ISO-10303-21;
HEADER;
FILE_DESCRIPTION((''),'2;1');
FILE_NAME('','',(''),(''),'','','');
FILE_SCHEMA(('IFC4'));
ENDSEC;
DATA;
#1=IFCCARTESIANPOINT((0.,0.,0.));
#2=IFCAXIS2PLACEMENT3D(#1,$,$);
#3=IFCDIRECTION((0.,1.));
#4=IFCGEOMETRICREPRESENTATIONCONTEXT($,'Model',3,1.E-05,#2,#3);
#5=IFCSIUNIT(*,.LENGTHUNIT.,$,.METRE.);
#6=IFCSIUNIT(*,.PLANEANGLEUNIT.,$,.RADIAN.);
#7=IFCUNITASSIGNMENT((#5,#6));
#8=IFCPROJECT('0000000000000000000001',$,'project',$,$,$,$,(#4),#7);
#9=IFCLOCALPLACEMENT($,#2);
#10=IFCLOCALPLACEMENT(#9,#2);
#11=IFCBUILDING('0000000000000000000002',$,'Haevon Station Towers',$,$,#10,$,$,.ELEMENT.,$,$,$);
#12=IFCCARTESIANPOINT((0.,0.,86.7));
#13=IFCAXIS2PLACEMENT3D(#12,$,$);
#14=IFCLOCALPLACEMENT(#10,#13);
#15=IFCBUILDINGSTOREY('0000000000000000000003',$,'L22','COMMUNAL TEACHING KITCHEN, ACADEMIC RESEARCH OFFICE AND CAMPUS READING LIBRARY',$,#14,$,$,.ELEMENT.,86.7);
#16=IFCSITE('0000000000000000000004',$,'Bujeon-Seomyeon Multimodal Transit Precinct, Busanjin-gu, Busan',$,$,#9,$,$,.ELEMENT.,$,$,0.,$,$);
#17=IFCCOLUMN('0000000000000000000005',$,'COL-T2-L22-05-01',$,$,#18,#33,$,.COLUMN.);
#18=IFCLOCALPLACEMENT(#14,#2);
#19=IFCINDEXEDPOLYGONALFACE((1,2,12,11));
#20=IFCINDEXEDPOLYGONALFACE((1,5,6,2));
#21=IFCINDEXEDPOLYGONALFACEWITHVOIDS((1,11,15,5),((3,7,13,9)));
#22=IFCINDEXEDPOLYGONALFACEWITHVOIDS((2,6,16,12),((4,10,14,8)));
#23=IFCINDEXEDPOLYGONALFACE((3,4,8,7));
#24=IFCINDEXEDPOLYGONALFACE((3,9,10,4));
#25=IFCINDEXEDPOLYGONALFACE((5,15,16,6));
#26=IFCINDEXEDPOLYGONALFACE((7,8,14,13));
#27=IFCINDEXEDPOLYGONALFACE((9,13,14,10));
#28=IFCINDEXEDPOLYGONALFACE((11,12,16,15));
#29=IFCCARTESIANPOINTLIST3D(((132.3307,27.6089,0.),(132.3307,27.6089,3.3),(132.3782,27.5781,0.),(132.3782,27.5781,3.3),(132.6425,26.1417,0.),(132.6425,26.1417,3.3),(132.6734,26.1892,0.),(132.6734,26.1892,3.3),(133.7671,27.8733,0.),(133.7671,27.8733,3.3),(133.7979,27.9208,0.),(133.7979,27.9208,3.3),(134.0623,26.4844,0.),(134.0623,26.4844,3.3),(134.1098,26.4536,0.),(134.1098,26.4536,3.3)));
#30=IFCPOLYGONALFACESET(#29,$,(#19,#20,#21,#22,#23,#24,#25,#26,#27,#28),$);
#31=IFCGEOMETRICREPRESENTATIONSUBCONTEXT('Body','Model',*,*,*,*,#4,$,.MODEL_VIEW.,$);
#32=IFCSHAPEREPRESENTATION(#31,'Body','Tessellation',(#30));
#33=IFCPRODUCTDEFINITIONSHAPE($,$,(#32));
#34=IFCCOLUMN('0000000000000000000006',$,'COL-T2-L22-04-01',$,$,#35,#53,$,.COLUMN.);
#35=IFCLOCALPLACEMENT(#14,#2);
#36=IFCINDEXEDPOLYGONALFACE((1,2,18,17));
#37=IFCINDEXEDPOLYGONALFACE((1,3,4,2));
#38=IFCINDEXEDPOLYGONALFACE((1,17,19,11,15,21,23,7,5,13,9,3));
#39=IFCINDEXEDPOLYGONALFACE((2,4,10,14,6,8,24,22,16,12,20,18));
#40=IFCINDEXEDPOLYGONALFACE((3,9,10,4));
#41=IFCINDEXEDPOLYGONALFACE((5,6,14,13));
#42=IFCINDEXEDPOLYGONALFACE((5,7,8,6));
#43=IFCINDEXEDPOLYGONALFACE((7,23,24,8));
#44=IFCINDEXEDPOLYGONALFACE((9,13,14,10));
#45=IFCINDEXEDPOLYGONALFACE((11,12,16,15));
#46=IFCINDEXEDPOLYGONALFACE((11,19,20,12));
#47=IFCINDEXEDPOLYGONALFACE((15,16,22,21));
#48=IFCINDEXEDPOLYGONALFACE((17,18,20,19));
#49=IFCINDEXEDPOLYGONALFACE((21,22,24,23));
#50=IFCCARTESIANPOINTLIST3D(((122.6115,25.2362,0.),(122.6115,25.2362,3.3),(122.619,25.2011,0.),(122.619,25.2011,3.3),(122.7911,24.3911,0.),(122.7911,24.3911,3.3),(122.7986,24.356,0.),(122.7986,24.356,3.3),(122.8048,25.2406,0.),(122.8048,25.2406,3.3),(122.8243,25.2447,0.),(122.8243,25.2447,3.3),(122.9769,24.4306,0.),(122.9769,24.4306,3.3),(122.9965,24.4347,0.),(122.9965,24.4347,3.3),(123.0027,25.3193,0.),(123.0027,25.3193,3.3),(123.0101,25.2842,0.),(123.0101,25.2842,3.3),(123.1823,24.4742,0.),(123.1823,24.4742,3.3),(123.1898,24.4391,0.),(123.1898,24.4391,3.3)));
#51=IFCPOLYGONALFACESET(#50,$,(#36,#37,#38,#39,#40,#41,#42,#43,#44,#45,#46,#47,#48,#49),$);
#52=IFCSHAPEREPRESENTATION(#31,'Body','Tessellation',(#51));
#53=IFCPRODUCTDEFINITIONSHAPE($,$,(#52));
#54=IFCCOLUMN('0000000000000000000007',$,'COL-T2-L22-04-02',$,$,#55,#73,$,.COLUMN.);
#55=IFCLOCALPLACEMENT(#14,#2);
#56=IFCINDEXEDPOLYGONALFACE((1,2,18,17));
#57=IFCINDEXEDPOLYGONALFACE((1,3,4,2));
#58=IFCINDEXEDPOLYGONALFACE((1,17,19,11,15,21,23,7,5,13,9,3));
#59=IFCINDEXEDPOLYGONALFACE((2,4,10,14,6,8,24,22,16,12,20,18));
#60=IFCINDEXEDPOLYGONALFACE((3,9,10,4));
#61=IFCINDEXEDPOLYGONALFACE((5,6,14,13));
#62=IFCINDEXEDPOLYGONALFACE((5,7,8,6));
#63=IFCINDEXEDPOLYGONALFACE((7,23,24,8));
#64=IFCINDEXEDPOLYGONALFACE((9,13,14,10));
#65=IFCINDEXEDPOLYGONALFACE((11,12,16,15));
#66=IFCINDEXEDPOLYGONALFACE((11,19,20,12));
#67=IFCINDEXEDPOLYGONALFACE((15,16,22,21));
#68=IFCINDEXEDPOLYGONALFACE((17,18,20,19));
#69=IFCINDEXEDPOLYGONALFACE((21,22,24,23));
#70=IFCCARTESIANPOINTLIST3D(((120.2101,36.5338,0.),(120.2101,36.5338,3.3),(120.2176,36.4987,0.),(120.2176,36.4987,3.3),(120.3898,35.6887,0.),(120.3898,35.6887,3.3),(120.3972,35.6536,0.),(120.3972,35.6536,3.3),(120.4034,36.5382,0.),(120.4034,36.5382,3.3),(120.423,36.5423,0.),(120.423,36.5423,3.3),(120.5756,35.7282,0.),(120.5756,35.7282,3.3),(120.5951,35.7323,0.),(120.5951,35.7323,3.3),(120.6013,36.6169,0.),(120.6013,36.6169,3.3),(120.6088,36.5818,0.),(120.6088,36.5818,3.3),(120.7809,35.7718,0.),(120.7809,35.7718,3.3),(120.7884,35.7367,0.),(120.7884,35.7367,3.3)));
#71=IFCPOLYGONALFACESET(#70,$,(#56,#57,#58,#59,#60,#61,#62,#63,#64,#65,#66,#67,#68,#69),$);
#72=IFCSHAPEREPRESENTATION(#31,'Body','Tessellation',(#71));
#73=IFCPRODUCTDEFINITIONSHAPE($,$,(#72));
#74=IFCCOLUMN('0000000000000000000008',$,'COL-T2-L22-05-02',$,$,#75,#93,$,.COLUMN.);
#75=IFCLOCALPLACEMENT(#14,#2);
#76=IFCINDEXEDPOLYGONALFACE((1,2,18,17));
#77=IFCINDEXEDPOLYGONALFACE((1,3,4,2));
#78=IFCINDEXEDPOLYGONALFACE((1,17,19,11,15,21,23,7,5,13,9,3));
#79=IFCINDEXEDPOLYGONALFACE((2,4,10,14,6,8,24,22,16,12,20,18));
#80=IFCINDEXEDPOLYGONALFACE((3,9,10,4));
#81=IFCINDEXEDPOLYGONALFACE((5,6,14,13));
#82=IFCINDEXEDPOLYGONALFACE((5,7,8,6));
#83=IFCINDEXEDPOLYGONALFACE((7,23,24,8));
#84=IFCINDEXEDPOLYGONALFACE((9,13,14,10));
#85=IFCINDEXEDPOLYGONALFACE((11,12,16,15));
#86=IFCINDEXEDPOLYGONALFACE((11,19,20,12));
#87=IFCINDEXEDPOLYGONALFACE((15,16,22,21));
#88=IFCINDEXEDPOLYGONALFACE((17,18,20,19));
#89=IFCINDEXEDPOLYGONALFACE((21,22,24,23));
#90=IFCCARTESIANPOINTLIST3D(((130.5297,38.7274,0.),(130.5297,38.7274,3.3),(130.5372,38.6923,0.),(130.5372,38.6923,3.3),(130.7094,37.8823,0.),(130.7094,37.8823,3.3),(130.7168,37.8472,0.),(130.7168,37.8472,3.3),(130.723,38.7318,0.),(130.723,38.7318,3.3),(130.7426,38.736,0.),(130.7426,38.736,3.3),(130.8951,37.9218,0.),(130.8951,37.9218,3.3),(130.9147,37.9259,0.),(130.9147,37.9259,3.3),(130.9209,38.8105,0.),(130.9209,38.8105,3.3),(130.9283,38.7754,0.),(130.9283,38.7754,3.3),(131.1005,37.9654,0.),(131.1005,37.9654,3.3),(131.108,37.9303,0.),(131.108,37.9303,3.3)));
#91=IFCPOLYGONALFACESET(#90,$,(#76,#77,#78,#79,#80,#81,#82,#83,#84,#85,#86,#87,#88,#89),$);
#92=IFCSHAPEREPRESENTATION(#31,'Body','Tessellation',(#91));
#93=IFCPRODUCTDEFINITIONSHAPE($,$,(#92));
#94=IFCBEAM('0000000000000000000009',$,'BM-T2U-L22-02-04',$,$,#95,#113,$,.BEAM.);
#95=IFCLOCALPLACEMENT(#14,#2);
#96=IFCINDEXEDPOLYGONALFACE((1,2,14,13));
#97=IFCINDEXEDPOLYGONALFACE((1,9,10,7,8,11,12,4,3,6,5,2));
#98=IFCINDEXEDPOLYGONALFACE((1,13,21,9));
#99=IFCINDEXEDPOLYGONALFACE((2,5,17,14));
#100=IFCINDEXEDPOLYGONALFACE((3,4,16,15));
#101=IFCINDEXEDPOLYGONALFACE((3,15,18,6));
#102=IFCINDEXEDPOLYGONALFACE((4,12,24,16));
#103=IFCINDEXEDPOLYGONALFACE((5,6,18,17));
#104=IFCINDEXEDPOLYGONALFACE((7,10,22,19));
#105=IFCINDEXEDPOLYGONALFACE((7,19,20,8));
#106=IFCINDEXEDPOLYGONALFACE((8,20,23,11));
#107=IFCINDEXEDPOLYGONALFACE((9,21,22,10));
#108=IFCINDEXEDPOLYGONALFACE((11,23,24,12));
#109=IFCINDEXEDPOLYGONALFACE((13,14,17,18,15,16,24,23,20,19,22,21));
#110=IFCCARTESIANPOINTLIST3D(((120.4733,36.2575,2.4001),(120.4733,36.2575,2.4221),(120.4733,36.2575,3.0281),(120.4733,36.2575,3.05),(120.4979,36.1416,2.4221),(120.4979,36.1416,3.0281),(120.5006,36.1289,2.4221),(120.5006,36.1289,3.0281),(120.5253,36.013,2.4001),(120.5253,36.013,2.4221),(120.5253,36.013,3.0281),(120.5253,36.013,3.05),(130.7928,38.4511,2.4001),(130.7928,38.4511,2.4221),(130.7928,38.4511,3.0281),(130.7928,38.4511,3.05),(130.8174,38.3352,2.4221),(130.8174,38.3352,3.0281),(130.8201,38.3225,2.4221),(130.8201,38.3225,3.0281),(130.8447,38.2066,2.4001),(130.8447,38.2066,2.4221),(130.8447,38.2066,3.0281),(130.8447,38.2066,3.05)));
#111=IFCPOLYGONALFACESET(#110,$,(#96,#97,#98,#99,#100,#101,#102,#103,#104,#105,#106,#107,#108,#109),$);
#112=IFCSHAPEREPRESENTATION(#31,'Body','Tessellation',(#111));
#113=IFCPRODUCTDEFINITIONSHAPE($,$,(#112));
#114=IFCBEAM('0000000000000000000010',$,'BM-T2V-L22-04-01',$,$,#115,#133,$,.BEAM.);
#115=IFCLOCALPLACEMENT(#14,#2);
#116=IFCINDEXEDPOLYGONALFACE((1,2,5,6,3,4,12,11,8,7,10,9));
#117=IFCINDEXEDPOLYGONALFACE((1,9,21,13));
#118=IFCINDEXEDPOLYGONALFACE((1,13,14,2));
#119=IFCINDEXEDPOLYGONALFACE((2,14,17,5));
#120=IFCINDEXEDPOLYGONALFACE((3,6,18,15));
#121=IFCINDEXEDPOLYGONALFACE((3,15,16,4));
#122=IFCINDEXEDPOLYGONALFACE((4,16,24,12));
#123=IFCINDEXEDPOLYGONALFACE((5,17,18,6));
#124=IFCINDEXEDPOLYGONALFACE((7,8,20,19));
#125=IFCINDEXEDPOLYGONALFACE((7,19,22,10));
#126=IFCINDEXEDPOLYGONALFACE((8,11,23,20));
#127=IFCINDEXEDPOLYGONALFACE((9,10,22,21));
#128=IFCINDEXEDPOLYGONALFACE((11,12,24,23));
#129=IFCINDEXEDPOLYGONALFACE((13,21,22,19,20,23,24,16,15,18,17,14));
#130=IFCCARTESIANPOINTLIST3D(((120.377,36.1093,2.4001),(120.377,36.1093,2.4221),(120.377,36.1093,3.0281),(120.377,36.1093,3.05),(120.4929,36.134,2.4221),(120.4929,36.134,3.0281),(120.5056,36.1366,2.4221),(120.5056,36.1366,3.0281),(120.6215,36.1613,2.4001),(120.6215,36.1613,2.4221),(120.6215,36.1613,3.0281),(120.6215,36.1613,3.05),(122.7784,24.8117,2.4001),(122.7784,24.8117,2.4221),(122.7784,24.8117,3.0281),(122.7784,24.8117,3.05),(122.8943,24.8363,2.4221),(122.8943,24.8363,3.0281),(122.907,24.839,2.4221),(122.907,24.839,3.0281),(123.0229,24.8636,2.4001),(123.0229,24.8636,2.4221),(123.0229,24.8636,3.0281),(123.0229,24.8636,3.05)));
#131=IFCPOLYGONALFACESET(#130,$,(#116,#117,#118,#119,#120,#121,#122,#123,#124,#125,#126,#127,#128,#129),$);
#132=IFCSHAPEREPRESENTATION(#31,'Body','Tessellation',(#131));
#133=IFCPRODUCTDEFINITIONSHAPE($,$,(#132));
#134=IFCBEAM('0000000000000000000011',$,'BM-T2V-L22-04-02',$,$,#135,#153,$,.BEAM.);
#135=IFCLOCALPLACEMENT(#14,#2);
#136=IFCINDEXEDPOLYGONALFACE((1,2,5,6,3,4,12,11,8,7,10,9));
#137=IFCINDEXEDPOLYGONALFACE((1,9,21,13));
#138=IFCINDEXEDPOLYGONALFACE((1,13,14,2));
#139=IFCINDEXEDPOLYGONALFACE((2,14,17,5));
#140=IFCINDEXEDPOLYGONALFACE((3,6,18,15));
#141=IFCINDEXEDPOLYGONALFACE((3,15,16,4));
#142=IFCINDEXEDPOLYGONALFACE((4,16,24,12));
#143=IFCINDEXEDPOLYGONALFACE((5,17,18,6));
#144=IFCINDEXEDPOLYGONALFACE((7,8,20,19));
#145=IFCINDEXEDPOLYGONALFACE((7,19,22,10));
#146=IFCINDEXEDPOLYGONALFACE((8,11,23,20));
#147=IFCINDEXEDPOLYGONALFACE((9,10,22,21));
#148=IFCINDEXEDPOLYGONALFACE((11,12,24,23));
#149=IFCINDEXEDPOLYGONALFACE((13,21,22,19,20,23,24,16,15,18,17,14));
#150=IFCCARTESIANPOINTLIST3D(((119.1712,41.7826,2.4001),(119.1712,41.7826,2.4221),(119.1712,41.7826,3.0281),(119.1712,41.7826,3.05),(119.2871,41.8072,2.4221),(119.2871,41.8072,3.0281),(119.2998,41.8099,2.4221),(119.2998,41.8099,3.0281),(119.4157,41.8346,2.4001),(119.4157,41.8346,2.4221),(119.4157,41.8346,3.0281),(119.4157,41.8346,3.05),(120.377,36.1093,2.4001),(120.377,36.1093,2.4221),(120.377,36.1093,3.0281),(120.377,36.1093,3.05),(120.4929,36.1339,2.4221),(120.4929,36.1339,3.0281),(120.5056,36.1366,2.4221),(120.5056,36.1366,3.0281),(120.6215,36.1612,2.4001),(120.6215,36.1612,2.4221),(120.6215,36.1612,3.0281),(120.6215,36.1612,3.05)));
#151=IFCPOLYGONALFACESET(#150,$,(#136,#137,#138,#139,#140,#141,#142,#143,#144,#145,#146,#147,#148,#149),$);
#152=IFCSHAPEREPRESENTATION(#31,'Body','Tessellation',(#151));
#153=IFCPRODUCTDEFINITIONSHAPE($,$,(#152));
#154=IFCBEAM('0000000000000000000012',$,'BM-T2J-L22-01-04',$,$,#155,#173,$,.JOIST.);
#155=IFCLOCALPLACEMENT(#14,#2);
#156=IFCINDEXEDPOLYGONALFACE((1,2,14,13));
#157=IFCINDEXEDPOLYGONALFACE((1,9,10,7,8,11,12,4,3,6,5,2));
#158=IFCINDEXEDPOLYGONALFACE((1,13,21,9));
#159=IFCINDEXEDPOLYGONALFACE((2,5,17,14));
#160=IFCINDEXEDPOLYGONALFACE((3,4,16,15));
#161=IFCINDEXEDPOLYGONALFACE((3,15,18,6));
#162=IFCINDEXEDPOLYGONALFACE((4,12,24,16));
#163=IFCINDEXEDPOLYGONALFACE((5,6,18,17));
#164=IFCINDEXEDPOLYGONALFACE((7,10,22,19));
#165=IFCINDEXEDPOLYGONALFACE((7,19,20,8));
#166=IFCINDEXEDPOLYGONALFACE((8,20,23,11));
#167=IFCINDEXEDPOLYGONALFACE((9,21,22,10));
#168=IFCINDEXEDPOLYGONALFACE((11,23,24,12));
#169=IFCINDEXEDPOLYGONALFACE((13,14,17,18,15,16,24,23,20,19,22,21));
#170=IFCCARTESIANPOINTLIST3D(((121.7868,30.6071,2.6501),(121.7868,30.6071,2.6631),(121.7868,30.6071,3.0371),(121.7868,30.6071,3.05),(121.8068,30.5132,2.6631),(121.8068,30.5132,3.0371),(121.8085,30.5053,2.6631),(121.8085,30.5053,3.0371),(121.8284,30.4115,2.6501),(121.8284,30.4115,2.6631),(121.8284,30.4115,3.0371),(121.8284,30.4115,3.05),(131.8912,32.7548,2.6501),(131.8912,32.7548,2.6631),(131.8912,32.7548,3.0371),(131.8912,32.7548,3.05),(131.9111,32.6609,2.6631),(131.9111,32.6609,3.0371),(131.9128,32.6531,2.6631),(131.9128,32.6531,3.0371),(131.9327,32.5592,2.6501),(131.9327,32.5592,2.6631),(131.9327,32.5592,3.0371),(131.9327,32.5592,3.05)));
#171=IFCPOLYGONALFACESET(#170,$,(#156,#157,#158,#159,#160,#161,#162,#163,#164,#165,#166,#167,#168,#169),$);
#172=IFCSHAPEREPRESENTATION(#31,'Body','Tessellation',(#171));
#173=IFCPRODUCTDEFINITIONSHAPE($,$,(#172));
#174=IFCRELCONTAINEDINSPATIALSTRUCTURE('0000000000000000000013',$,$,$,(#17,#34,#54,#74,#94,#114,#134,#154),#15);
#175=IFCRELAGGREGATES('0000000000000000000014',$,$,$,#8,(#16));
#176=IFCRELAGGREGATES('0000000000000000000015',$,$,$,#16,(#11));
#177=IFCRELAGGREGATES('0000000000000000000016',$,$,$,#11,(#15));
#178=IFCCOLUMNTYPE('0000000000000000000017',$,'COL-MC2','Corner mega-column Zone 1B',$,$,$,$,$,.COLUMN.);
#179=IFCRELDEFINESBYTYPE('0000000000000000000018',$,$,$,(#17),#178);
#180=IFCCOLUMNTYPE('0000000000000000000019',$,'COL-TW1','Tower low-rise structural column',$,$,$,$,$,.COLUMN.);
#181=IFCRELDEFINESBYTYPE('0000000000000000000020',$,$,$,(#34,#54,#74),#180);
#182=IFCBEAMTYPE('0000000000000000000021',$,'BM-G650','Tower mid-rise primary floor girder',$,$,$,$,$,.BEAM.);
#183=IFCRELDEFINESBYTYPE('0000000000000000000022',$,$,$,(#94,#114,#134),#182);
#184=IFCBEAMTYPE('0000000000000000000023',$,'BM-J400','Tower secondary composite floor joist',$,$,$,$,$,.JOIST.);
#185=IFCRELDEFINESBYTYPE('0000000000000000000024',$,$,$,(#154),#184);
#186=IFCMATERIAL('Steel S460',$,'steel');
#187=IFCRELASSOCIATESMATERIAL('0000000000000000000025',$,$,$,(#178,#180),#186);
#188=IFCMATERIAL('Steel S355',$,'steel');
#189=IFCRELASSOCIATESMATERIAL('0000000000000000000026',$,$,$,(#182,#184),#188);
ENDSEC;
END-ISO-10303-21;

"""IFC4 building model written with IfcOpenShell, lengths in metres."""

from ifc_helpers import new_model, si_unit, direction, frame, origin, origin_2d, place, context, subcontext, project, spatial, hollow_rectangle, i_section, extrude, material, material_profile, profile_set, type_object, element, save


model = new_model("IFC4")

# Units and contexts
model_context = context("Model", 3, precision=1e-05, world=origin(), true_north=direction((0.0, 1.0)))
body_context = subcontext(model_context, "Body", "Model", "MODEL_VIEW")
ifc_project = project(units=[si_unit("LENGTHUNIT", "METRE"), si_unit("PLANEANGLEUNIT", "RADIAN")], contexts=[model_context])

# Site, building, storey
site_placement = place(None, origin())
site = spatial("IfcSite", under=ifc_project, at=site_placement, Name="Bujeon-Seomyeon Multimodal Transit Precinct, Busanjin-gu, Busan", CompositionType="ELEMENT", RefElevation=0.0)
building_placement = place(site_placement, origin())
building = spatial("IfcBuilding", under=site, at=building_placement, Name="Haevon Station Towers", CompositionType="ELEMENT")
storey_placement = place(building_placement, frame((0.0, 0.0, 86.7)))
storey = spatial("IfcBuildingStorey", under=building, at=storey_placement, Name="L22", Description="COMMUNAL TEACHING KITCHEN, ACADEMIC RESEARCH OFFICE AND CAMPUS READING LIBRARY", CompositionType="ELEMENT", Elevation=86.7)

# Columns
ifc_material_1 = material(Name="Steel S460", Category="steel")
ifc_material_profile_1 = material_profile(ifc_material_1, hollow_rectangle(XDim=1.5, YDim=1.5, WallThickness=0.04, at=origin_2d()), Name="BOX-1500x1500x40")
ifc_profile_set_1 = profile_set([ifc_material_profile_1], Name="Steel S460")
column_type_1 = type_object("IfcColumnType", Name="COL-MC2", Description="Corner mega-column Zone 1B", PredefinedType="COLUMN", material=ifc_profile_set_1)
column_placement = place(storey_placement, frame((133.2202, 27.0312, 0.0), z_axis=(0.0, 0.0, 1.0), x_axis=(0.978148, 0.207912, 0.0)))
element("IfcColumn", 1, at=column_placement, inside=storey, type_object=column_type_1, Name="COL-T2-L22-05-01", PredefinedType="COLUMN", context=body_context, shape_type="SweptSolid", body=[
    extrude(hollow_rectangle(XDim=1.5, YDim=1.5, WallThickness=0.04, at=origin_2d()), origin(), (0.0, 0.0, 1.0), 3.3),
])
ifc_material_profile_2 = material_profile(ifc_material_1, i_section(OverallWidth=0.3999, OverallDepth=0.8999, WebThickness=0.02, FlangeThickness=0.0359, at=origin_2d()), Name="H-900x400x20x36")
ifc_profile_set_2 = profile_set([ifc_material_profile_2], Name="Steel S460")
column_type_2 = type_object("IfcColumnType", Name="COL-TW1", Description="Tower low-rise structural column", PredefinedType="COLUMN", material=ifc_profile_set_2)
for number, where, z_axis, x_axis, name in (
    (2, (122.9006, 24.8376, 0.0), (0.0, 0.0, 1.0), (0.978148, 0.207912, 0.0), "COL-T2-L22-04-01"),
    (3, (120.4993, 36.1353, 0.0), (0.0, 0.0, 1.0), (0.978148, 0.207912, 0.0), "COL-T2-L22-04-02"),
    (4, (130.8188, 38.3289, 0.0), (0.0, 0.0, 1.0), (0.978148, 0.207912, 0.0), "COL-T2-L22-05-02"),
):
    element("IfcColumn", number, at=place(storey_placement, frame(where, z_axis=z_axis, x_axis=x_axis)), inside=storey, type_object=column_type_2, Name=name, PredefinedType="COLUMN", context=body_context, shape_type="SweptSolid", body=[
        extrude(i_section(OverallWidth=0.3999, OverallDepth=0.8999, WebThickness=0.02, FlangeThickness=0.0359, at=origin_2d()), origin(), (0.0, 0.0, 1.0), 3.3),
    ])

# Beams
ifc_material_2 = material(Name="Steel S355", Category="steel")
ifc_material_profile_3 = material_profile(ifc_material_2, i_section(OverallWidth=0.25, OverallDepth=0.6499, WebThickness=0.0129, FlangeThickness=0.022, at=origin_2d()), Name="H-650x250x13x22")
ifc_profile_set_3 = profile_set([ifc_material_profile_3], Name="Steel S355")
beam_type_1 = type_object("IfcBeamType", Name="BM-G650", Description="Tower mid-rise primary floor girder", PredefinedType="BEAM", material=ifc_profile_set_3)
beam_1_placement = place(storey_placement, frame((120.4993, 36.1353, 2.7251), z_axis=(0.978145, 0.207922, 0.0), x_axis=(-0.207922, 0.978145, 0.0)))
element("IfcBeam", 5, at=beam_1_placement, inside=storey, type_object=beam_type_1, Name="BM-T2U-L22-02-04", PredefinedType="BEAM", context=body_context, shape_type="SweptSolid", body=[
    extrude(i_section(OverallWidth=0.25, OverallDepth=0.6499, WebThickness=0.0129, FlangeThickness=0.022, at=origin_2d()), origin(), (0.0, 0.0, 1.0), 10.55),
])
beam_2_placement = place(storey_placement, frame((122.9006, 24.8376, 2.7251), z_axis=(-0.207911, 0.978148, 0.0), x_axis=(-0.978148, -0.207911, 0.0)))
element("IfcBeam", 6, at=beam_2_placement, inside=storey, type_object=beam_type_1, Name="BM-T2V-L22-04-01", PredefinedType="BEAM", context=body_context, shape_type="SweptSolid", body=[
    extrude(i_section(OverallWidth=0.25, OverallDepth=0.6499, WebThickness=0.0129, FlangeThickness=0.022, at=origin_2d()), origin(), (0.0, 0.0, 1.0), 11.55),
])
beam_3_placement = place(storey_placement, frame((120.4993, 36.1353, 2.7251), z_axis=(-0.207896, 0.978151, 0.0), x_axis=(-0.978151, -0.207896, 0.0)))
element("IfcBeam", 7, at=beam_3_placement, inside=storey, type_object=beam_type_1, Name="BM-T2V-L22-04-02", PredefinedType="BEAM", context=body_context, shape_type="SweptSolid", body=[
    extrude(i_section(OverallWidth=0.25, OverallDepth=0.6499, WebThickness=0.0129, FlangeThickness=0.022, at=origin_2d()), origin(), (0.0, 0.0, 1.0), 5.8),
])
ifc_material_profile_4 = material_profile(ifc_material_2, i_section(OverallWidth=0.2, OverallDepth=0.3999, WebThickness=0.0081, FlangeThickness=0.0129, at=origin_2d()), Name="H-400x200x8x13")
ifc_profile_set_4 = profile_set([ifc_material_profile_4], Name="Steel S355")
beam_type_2 = type_object("IfcBeamType", Name="BM-J400", Description="Tower secondary composite floor joist", PredefinedType="JOIST", material=ifc_profile_set_4)
beam_4_placement = place(storey_placement, frame((121.8076, 30.5093, 2.8501), z_axis=(0.978148, 0.20791, 0.0), x_axis=(-0.20791, 0.978148, 0.0)))
element("IfcBeam", 8, at=beam_4_placement, inside=storey, type_object=beam_type_2, Name="BM-T2J-L22-01-04", PredefinedType="JOIST", context=body_context, shape_type="SweptSolid", body=[
    extrude(i_section(OverallWidth=0.2, OverallDepth=0.3999, WebThickness=0.0081, FlangeThickness=0.0129, at=origin_2d()), origin(), (0.0, 0.0, 1.0), 10.3301),
])

save(model, "model.ifc")
